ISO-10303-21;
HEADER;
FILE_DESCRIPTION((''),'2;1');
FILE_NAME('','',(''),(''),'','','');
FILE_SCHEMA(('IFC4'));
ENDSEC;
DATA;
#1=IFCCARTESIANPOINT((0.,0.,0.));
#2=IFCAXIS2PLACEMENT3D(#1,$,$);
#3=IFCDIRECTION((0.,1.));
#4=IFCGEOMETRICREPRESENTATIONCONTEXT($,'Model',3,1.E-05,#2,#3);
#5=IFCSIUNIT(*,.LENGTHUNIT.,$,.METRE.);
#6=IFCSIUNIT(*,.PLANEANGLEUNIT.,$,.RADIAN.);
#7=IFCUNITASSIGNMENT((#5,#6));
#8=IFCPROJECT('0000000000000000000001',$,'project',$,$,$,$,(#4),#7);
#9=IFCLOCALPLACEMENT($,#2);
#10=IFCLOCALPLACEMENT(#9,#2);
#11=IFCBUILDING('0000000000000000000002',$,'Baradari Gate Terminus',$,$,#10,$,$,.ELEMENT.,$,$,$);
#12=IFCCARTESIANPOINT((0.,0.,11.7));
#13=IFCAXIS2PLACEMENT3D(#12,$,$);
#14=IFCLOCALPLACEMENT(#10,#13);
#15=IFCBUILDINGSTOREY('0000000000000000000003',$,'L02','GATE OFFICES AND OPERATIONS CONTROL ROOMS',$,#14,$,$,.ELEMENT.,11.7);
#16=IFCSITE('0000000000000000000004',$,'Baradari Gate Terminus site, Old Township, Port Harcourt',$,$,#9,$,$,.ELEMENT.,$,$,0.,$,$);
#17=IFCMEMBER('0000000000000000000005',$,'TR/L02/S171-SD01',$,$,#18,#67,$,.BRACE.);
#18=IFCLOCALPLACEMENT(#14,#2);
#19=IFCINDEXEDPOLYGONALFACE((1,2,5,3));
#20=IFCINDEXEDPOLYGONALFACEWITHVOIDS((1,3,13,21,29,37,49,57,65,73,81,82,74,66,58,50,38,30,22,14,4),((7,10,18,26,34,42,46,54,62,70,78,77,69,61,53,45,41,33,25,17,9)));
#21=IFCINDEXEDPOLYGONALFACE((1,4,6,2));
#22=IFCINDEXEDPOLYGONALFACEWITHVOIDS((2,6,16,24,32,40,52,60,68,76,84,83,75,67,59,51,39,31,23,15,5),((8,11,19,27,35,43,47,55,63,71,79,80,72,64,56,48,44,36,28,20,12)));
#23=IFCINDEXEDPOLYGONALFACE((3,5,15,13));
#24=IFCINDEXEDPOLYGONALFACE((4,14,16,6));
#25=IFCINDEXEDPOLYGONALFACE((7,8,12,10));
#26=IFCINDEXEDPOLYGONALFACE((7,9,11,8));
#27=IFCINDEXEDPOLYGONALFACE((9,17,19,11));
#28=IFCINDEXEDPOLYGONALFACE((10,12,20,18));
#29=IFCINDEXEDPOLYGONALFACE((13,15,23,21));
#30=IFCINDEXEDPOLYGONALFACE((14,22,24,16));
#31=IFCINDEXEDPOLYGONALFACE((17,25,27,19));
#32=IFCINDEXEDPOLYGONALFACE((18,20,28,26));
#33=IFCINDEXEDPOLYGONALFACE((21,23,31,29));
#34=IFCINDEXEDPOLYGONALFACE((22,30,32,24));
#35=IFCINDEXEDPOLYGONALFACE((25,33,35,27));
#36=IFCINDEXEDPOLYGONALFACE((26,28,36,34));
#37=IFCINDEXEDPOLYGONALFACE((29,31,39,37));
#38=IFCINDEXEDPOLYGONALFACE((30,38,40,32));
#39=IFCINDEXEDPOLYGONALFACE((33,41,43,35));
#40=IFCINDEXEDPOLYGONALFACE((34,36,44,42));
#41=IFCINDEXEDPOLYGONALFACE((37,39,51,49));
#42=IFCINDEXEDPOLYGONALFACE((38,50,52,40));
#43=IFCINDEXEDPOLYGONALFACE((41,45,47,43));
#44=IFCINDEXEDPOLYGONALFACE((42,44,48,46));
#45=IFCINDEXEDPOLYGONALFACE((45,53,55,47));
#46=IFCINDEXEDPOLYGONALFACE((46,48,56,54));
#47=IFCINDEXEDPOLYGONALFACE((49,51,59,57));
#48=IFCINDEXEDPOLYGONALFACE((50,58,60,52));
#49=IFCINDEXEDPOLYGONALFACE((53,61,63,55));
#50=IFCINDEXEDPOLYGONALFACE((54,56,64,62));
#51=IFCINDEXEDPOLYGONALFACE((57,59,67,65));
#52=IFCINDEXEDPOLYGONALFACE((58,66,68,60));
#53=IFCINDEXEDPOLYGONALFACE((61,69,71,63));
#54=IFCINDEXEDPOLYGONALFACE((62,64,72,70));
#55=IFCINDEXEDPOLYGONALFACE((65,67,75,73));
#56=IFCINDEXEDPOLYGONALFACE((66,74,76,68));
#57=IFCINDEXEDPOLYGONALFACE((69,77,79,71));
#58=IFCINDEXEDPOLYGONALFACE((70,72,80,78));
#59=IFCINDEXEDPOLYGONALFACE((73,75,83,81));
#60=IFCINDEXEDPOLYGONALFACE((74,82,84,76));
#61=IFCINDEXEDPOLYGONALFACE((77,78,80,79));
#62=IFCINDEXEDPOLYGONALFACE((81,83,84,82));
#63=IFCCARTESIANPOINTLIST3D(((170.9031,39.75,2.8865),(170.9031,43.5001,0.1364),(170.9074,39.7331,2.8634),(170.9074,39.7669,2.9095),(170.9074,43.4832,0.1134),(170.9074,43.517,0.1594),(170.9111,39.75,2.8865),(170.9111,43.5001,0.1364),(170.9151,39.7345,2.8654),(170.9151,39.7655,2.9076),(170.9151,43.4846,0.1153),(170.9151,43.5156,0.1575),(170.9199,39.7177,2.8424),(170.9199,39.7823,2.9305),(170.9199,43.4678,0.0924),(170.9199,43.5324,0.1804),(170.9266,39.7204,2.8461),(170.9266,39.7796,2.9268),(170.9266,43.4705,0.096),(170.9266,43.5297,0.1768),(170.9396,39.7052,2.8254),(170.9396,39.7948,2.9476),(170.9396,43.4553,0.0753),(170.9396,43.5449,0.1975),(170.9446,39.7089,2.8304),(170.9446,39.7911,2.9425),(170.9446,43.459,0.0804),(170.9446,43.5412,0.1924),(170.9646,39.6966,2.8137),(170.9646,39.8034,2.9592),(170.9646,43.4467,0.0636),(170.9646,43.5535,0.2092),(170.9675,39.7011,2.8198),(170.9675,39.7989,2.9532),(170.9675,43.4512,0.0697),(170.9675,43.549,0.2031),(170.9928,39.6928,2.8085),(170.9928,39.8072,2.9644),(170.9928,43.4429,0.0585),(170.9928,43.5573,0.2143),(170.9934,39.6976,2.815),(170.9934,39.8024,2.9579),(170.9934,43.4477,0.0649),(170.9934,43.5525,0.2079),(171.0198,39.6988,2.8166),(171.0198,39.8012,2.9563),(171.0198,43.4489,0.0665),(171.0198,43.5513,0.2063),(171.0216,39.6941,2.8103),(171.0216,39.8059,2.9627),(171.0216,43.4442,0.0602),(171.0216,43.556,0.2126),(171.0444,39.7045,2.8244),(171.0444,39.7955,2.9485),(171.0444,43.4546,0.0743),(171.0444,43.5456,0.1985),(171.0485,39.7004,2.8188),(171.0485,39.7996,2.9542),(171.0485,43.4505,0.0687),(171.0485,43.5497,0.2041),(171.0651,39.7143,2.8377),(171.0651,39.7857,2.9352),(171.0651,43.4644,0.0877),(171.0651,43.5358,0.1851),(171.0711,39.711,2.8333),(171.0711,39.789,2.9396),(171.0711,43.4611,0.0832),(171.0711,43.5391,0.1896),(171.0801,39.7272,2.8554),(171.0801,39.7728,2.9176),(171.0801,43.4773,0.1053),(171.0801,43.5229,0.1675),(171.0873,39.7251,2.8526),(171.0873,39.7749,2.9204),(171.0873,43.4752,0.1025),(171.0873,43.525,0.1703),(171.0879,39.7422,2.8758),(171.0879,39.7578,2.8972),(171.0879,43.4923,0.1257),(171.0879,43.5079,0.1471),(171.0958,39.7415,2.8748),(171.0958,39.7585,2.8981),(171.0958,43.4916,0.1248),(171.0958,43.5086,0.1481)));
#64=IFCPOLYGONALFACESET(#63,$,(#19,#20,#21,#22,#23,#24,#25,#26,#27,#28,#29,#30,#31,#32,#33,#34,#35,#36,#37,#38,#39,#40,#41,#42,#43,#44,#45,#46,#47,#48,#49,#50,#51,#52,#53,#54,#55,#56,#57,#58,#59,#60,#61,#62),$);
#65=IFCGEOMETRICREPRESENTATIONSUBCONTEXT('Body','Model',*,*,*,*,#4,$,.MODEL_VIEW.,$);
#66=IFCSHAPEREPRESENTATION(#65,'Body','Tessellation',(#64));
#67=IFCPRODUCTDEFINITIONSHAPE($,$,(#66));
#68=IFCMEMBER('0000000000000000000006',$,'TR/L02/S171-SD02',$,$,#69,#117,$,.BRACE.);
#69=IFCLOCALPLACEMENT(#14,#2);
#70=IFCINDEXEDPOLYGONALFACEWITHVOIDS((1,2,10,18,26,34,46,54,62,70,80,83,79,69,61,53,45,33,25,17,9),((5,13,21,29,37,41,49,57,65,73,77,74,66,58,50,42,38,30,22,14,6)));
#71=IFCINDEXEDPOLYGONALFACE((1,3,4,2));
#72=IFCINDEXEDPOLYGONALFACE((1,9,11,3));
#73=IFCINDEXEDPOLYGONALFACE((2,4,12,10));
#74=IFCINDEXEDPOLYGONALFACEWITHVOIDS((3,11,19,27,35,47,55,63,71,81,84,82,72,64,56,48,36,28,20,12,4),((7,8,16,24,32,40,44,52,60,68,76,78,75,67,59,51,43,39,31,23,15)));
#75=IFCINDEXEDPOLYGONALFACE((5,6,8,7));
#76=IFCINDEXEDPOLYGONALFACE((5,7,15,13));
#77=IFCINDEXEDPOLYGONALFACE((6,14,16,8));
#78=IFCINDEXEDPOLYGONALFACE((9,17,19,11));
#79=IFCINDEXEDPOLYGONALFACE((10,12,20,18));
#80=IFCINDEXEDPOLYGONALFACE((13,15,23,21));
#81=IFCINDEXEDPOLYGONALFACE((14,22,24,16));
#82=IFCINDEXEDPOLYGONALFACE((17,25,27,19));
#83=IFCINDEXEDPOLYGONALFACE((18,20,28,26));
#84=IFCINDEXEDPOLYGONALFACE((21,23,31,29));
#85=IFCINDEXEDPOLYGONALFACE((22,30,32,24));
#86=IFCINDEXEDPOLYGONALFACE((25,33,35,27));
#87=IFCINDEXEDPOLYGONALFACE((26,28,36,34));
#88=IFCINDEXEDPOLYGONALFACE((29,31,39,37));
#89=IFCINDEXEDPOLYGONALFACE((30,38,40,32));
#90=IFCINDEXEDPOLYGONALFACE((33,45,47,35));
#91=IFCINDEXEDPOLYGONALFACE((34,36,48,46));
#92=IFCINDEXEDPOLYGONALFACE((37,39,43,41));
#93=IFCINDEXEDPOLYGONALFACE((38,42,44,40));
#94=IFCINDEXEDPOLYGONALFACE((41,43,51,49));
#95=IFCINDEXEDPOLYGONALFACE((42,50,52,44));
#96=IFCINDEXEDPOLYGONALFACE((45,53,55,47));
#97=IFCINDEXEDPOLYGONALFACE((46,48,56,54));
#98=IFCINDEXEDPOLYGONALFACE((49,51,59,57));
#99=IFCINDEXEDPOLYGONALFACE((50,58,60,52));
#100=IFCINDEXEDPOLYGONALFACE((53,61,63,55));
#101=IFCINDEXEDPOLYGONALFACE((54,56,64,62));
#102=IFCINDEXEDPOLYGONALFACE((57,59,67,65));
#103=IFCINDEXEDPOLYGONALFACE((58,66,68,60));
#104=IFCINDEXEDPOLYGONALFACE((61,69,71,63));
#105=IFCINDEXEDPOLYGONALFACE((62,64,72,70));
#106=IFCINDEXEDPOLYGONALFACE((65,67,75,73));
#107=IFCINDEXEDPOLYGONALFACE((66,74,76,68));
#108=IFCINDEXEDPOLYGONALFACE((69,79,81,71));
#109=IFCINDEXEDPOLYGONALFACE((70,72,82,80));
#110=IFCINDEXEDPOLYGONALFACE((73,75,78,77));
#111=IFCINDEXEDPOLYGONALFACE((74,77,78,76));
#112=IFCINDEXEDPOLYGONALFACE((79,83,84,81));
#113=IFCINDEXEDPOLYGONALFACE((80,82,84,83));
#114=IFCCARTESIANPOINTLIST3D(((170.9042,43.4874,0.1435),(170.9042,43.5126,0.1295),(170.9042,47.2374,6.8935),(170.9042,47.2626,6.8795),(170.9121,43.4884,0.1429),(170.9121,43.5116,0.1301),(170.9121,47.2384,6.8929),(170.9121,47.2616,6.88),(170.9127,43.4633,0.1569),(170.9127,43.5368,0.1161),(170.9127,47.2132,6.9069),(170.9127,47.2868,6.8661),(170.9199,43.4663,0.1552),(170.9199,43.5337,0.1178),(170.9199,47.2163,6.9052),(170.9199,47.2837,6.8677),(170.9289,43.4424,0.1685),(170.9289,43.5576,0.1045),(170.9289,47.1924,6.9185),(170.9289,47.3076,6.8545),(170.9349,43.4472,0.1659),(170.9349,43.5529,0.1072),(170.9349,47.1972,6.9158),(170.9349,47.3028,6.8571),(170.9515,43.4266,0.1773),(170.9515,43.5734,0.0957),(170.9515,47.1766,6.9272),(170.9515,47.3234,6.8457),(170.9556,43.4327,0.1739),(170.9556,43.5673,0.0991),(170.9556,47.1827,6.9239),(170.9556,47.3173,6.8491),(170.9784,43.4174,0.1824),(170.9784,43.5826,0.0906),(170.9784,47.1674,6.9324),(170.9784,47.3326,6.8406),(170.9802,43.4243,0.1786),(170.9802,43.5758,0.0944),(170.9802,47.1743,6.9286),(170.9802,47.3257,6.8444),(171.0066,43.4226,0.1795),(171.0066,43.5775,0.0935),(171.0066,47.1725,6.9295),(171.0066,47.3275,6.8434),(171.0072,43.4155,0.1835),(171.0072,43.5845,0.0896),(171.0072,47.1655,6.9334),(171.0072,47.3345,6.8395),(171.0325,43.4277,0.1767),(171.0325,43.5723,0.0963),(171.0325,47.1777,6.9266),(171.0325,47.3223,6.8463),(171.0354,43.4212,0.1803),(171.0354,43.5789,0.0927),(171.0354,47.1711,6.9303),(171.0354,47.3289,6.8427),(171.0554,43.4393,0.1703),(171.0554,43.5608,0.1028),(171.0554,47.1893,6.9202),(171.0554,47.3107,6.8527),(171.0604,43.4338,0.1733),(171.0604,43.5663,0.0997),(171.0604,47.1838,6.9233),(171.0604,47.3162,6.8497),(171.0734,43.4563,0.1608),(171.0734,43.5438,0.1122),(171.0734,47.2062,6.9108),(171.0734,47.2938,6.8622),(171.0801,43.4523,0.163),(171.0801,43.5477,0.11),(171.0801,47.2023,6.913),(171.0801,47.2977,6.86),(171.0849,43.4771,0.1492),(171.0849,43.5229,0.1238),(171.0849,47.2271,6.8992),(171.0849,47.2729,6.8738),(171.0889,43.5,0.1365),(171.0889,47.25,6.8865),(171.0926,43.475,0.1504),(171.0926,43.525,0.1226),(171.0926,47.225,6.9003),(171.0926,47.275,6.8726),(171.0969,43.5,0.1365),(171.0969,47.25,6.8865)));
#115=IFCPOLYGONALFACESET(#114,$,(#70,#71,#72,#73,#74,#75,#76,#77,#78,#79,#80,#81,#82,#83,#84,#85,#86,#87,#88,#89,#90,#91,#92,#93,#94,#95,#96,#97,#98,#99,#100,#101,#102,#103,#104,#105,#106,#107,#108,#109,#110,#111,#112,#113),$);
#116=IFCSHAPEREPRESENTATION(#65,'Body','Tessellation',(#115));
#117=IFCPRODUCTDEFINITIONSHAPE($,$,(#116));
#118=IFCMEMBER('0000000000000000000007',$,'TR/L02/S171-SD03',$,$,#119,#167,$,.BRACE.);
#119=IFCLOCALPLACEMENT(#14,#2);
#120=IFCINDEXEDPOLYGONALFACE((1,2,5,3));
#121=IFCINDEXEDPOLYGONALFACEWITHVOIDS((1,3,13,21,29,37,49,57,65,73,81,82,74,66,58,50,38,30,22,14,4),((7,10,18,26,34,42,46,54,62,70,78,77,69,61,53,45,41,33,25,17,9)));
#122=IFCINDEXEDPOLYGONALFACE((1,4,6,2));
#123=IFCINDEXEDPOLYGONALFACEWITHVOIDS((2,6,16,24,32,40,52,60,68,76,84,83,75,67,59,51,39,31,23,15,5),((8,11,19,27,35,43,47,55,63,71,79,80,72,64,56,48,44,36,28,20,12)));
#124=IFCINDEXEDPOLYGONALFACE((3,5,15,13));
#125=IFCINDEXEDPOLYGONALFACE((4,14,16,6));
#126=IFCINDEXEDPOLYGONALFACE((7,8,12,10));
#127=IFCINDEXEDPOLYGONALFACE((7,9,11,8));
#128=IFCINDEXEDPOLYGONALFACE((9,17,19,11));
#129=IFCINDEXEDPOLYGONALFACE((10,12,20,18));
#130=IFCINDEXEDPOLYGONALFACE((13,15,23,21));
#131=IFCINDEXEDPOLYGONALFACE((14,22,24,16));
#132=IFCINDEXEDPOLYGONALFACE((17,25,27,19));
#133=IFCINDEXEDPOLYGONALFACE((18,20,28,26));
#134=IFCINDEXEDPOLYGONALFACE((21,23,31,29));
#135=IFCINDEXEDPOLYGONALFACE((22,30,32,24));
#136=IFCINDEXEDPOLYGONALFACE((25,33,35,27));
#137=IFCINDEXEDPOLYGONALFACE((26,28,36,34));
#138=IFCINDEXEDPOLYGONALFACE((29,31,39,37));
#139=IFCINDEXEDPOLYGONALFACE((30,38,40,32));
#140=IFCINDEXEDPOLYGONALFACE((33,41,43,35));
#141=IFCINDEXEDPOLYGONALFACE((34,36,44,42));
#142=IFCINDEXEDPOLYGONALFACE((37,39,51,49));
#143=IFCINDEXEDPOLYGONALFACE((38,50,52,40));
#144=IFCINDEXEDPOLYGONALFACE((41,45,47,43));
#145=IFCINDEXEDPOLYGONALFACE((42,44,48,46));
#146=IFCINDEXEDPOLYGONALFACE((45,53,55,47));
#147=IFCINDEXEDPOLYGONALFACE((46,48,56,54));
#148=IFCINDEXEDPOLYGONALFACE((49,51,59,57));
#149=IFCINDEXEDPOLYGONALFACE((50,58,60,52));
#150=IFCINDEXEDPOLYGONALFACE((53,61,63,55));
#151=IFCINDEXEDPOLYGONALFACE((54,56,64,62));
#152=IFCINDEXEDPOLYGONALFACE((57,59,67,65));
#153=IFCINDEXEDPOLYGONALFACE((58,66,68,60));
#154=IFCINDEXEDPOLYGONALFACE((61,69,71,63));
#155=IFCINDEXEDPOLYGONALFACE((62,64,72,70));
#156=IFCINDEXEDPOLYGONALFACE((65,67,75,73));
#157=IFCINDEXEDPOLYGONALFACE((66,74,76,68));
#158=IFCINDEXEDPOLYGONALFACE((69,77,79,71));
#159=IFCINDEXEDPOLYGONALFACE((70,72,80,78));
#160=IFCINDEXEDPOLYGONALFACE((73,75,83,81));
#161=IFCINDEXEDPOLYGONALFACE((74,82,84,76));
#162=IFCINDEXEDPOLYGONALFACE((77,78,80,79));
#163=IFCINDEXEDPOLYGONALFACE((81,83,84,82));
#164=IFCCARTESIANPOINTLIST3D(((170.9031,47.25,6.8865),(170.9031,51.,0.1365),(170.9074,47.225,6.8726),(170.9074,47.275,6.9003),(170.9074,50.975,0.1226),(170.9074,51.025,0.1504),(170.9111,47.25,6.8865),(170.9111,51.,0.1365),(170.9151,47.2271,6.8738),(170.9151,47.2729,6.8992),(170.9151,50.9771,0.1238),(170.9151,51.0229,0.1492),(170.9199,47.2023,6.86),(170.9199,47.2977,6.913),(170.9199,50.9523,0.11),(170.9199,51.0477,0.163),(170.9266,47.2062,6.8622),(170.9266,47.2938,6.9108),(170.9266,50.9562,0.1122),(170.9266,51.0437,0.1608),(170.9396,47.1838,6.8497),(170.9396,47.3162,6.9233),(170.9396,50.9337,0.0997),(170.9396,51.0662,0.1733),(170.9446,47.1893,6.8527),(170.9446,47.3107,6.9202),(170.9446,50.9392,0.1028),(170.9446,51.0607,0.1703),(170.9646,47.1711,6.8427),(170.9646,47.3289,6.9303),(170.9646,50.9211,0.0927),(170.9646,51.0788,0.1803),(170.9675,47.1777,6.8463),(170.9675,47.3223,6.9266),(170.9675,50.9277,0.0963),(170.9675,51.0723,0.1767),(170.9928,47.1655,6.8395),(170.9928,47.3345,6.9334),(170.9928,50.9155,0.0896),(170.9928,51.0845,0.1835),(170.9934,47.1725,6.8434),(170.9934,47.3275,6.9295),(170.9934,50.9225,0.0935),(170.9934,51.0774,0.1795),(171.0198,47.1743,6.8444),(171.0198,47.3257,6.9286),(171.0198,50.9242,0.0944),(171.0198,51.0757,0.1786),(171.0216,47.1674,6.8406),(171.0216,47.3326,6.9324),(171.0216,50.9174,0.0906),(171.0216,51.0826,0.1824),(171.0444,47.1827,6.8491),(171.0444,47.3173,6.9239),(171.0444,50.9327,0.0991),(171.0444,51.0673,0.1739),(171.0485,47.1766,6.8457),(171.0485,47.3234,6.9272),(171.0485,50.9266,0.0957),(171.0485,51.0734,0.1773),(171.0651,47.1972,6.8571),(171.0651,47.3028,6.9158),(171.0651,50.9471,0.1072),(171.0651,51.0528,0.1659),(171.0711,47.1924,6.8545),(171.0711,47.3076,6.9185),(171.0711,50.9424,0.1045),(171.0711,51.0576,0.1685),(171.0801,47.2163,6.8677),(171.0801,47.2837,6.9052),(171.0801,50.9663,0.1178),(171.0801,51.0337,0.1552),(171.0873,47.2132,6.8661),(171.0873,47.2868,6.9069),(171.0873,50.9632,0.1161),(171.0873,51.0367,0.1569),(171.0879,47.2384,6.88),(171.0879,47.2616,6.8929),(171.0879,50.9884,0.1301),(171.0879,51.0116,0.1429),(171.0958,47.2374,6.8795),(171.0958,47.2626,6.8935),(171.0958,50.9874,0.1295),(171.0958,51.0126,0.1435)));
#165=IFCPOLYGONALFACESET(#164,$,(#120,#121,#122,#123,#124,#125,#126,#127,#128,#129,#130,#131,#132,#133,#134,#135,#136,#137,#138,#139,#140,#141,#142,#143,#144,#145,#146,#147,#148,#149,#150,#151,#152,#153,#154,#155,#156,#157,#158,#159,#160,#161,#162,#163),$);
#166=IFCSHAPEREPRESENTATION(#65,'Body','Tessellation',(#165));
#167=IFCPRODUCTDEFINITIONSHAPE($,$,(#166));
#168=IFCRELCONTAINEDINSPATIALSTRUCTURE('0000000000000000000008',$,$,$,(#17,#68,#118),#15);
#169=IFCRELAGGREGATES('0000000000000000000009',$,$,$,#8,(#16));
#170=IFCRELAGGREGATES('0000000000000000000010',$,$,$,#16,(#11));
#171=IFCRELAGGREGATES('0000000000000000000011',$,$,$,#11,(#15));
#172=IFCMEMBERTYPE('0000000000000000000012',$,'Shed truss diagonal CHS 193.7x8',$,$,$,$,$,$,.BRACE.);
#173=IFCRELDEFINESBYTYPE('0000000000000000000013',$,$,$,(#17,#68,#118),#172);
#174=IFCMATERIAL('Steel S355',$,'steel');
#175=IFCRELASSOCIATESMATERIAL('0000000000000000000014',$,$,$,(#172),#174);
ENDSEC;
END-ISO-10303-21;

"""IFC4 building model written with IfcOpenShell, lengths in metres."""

from ifc_helpers import new_model, si_unit, direction, frame, origin, origin_2d, place, context, subcontext, project, spatial, hollow_circle, extrude, material, material_profile, profile_set, type_object, element, save


model = new_model("IFC4")

# Units and contexts
model_context = context("Model", 3, precision=1e-05, world=origin(), true_north=direction((0.0, 1.0)))
body_context = subcontext(model_context, "Body", "Model", "MODEL_VIEW")
ifc_project = project(units=[si_unit("LENGTHUNIT", "METRE"), si_unit("PLANEANGLEUNIT", "RADIAN")], contexts=[model_context])

# Site, building, storey
site_placement = place(None, origin())
site = spatial("IfcSite", under=ifc_project, at=site_placement, Name="Baradari Gate Terminus site, Old Township, Port Harcourt", CompositionType="ELEMENT", RefElevation=0.0)
building_placement = place(site_placement, origin())
building = spatial("IfcBuilding", under=site, at=building_placement, Name="Baradari Gate Terminus", CompositionType="ELEMENT")
storey_placement = place(building_placement, frame((0.0, 0.0, 11.7)))
storey = spatial("IfcBuildingStorey", under=building, at=storey_placement, Name="L02", Description="GATE OFFICES AND OPERATIONS CONTROL ROOMS", CompositionType="ELEMENT", Elevation=11.7)

# Members
ifc_material_1 = material(Name="Steel S355", Category="steel")
ifc_material_profile_1 = material_profile(ifc_material_1, hollow_circle(Radius=0.0969, WallThickness=0.0081, at=origin_2d()), Name="CHS 193.7x8")
ifc_profile_set_1 = profile_set([ifc_material_profile_1], Name="Steel S355")
member_type_1 = type_object("IfcMemberType", Name="Shed truss diagonal CHS 193.7x8", PredefinedType="BRACE", material=ifc_profile_set_1)
member_1_placement = place(storey_placement, frame((171.0, 39.75, 2.8865), z_axis=(0.0, 0.806405, -0.591364), x_axis=(-1.0, 0.0, 0.0)))
element("IfcMember", 1, at=member_1_placement, inside=storey, type_object=member_type_1, Name="TR/L02/S171-SD01", PredefinedType="BRACE", context=body_context, shape_type="SweptSolid", body=[
    extrude(hollow_circle(Radius=0.0969, WallThickness=0.0081, at=origin_2d()), origin(), (0.0, 0.0, 1.0), 4.6504),
])
for number, where, z_axis, x_axis, name in (
    (2, (171.0, 47.25, 6.8865), (0.0, -0.485643, -0.874157), (1.0, 0.0, 0.0), "TR/L02/S171-SD02"),
    (3, (171.0, 47.25, 6.8865), (0.0, 0.485643, -0.874157), (-1.0, 0.0, 0.0), "TR/L02/S171-SD03"),
):
    element("IfcMember", number, at=place(storey_placement, frame(where, z_axis=z_axis, x_axis=x_axis)), inside=storey, type_object=member_type_1, Name=name, PredefinedType="BRACE", context=body_context, shape_type="SweptSolid", body=[
        extrude(hollow_circle(Radius=0.0969, WallThickness=0.0081, at=origin_2d()), origin(), (0.0, 0.0, 1.0), 7.7217),
    ])

save(model, "model.ifc")
